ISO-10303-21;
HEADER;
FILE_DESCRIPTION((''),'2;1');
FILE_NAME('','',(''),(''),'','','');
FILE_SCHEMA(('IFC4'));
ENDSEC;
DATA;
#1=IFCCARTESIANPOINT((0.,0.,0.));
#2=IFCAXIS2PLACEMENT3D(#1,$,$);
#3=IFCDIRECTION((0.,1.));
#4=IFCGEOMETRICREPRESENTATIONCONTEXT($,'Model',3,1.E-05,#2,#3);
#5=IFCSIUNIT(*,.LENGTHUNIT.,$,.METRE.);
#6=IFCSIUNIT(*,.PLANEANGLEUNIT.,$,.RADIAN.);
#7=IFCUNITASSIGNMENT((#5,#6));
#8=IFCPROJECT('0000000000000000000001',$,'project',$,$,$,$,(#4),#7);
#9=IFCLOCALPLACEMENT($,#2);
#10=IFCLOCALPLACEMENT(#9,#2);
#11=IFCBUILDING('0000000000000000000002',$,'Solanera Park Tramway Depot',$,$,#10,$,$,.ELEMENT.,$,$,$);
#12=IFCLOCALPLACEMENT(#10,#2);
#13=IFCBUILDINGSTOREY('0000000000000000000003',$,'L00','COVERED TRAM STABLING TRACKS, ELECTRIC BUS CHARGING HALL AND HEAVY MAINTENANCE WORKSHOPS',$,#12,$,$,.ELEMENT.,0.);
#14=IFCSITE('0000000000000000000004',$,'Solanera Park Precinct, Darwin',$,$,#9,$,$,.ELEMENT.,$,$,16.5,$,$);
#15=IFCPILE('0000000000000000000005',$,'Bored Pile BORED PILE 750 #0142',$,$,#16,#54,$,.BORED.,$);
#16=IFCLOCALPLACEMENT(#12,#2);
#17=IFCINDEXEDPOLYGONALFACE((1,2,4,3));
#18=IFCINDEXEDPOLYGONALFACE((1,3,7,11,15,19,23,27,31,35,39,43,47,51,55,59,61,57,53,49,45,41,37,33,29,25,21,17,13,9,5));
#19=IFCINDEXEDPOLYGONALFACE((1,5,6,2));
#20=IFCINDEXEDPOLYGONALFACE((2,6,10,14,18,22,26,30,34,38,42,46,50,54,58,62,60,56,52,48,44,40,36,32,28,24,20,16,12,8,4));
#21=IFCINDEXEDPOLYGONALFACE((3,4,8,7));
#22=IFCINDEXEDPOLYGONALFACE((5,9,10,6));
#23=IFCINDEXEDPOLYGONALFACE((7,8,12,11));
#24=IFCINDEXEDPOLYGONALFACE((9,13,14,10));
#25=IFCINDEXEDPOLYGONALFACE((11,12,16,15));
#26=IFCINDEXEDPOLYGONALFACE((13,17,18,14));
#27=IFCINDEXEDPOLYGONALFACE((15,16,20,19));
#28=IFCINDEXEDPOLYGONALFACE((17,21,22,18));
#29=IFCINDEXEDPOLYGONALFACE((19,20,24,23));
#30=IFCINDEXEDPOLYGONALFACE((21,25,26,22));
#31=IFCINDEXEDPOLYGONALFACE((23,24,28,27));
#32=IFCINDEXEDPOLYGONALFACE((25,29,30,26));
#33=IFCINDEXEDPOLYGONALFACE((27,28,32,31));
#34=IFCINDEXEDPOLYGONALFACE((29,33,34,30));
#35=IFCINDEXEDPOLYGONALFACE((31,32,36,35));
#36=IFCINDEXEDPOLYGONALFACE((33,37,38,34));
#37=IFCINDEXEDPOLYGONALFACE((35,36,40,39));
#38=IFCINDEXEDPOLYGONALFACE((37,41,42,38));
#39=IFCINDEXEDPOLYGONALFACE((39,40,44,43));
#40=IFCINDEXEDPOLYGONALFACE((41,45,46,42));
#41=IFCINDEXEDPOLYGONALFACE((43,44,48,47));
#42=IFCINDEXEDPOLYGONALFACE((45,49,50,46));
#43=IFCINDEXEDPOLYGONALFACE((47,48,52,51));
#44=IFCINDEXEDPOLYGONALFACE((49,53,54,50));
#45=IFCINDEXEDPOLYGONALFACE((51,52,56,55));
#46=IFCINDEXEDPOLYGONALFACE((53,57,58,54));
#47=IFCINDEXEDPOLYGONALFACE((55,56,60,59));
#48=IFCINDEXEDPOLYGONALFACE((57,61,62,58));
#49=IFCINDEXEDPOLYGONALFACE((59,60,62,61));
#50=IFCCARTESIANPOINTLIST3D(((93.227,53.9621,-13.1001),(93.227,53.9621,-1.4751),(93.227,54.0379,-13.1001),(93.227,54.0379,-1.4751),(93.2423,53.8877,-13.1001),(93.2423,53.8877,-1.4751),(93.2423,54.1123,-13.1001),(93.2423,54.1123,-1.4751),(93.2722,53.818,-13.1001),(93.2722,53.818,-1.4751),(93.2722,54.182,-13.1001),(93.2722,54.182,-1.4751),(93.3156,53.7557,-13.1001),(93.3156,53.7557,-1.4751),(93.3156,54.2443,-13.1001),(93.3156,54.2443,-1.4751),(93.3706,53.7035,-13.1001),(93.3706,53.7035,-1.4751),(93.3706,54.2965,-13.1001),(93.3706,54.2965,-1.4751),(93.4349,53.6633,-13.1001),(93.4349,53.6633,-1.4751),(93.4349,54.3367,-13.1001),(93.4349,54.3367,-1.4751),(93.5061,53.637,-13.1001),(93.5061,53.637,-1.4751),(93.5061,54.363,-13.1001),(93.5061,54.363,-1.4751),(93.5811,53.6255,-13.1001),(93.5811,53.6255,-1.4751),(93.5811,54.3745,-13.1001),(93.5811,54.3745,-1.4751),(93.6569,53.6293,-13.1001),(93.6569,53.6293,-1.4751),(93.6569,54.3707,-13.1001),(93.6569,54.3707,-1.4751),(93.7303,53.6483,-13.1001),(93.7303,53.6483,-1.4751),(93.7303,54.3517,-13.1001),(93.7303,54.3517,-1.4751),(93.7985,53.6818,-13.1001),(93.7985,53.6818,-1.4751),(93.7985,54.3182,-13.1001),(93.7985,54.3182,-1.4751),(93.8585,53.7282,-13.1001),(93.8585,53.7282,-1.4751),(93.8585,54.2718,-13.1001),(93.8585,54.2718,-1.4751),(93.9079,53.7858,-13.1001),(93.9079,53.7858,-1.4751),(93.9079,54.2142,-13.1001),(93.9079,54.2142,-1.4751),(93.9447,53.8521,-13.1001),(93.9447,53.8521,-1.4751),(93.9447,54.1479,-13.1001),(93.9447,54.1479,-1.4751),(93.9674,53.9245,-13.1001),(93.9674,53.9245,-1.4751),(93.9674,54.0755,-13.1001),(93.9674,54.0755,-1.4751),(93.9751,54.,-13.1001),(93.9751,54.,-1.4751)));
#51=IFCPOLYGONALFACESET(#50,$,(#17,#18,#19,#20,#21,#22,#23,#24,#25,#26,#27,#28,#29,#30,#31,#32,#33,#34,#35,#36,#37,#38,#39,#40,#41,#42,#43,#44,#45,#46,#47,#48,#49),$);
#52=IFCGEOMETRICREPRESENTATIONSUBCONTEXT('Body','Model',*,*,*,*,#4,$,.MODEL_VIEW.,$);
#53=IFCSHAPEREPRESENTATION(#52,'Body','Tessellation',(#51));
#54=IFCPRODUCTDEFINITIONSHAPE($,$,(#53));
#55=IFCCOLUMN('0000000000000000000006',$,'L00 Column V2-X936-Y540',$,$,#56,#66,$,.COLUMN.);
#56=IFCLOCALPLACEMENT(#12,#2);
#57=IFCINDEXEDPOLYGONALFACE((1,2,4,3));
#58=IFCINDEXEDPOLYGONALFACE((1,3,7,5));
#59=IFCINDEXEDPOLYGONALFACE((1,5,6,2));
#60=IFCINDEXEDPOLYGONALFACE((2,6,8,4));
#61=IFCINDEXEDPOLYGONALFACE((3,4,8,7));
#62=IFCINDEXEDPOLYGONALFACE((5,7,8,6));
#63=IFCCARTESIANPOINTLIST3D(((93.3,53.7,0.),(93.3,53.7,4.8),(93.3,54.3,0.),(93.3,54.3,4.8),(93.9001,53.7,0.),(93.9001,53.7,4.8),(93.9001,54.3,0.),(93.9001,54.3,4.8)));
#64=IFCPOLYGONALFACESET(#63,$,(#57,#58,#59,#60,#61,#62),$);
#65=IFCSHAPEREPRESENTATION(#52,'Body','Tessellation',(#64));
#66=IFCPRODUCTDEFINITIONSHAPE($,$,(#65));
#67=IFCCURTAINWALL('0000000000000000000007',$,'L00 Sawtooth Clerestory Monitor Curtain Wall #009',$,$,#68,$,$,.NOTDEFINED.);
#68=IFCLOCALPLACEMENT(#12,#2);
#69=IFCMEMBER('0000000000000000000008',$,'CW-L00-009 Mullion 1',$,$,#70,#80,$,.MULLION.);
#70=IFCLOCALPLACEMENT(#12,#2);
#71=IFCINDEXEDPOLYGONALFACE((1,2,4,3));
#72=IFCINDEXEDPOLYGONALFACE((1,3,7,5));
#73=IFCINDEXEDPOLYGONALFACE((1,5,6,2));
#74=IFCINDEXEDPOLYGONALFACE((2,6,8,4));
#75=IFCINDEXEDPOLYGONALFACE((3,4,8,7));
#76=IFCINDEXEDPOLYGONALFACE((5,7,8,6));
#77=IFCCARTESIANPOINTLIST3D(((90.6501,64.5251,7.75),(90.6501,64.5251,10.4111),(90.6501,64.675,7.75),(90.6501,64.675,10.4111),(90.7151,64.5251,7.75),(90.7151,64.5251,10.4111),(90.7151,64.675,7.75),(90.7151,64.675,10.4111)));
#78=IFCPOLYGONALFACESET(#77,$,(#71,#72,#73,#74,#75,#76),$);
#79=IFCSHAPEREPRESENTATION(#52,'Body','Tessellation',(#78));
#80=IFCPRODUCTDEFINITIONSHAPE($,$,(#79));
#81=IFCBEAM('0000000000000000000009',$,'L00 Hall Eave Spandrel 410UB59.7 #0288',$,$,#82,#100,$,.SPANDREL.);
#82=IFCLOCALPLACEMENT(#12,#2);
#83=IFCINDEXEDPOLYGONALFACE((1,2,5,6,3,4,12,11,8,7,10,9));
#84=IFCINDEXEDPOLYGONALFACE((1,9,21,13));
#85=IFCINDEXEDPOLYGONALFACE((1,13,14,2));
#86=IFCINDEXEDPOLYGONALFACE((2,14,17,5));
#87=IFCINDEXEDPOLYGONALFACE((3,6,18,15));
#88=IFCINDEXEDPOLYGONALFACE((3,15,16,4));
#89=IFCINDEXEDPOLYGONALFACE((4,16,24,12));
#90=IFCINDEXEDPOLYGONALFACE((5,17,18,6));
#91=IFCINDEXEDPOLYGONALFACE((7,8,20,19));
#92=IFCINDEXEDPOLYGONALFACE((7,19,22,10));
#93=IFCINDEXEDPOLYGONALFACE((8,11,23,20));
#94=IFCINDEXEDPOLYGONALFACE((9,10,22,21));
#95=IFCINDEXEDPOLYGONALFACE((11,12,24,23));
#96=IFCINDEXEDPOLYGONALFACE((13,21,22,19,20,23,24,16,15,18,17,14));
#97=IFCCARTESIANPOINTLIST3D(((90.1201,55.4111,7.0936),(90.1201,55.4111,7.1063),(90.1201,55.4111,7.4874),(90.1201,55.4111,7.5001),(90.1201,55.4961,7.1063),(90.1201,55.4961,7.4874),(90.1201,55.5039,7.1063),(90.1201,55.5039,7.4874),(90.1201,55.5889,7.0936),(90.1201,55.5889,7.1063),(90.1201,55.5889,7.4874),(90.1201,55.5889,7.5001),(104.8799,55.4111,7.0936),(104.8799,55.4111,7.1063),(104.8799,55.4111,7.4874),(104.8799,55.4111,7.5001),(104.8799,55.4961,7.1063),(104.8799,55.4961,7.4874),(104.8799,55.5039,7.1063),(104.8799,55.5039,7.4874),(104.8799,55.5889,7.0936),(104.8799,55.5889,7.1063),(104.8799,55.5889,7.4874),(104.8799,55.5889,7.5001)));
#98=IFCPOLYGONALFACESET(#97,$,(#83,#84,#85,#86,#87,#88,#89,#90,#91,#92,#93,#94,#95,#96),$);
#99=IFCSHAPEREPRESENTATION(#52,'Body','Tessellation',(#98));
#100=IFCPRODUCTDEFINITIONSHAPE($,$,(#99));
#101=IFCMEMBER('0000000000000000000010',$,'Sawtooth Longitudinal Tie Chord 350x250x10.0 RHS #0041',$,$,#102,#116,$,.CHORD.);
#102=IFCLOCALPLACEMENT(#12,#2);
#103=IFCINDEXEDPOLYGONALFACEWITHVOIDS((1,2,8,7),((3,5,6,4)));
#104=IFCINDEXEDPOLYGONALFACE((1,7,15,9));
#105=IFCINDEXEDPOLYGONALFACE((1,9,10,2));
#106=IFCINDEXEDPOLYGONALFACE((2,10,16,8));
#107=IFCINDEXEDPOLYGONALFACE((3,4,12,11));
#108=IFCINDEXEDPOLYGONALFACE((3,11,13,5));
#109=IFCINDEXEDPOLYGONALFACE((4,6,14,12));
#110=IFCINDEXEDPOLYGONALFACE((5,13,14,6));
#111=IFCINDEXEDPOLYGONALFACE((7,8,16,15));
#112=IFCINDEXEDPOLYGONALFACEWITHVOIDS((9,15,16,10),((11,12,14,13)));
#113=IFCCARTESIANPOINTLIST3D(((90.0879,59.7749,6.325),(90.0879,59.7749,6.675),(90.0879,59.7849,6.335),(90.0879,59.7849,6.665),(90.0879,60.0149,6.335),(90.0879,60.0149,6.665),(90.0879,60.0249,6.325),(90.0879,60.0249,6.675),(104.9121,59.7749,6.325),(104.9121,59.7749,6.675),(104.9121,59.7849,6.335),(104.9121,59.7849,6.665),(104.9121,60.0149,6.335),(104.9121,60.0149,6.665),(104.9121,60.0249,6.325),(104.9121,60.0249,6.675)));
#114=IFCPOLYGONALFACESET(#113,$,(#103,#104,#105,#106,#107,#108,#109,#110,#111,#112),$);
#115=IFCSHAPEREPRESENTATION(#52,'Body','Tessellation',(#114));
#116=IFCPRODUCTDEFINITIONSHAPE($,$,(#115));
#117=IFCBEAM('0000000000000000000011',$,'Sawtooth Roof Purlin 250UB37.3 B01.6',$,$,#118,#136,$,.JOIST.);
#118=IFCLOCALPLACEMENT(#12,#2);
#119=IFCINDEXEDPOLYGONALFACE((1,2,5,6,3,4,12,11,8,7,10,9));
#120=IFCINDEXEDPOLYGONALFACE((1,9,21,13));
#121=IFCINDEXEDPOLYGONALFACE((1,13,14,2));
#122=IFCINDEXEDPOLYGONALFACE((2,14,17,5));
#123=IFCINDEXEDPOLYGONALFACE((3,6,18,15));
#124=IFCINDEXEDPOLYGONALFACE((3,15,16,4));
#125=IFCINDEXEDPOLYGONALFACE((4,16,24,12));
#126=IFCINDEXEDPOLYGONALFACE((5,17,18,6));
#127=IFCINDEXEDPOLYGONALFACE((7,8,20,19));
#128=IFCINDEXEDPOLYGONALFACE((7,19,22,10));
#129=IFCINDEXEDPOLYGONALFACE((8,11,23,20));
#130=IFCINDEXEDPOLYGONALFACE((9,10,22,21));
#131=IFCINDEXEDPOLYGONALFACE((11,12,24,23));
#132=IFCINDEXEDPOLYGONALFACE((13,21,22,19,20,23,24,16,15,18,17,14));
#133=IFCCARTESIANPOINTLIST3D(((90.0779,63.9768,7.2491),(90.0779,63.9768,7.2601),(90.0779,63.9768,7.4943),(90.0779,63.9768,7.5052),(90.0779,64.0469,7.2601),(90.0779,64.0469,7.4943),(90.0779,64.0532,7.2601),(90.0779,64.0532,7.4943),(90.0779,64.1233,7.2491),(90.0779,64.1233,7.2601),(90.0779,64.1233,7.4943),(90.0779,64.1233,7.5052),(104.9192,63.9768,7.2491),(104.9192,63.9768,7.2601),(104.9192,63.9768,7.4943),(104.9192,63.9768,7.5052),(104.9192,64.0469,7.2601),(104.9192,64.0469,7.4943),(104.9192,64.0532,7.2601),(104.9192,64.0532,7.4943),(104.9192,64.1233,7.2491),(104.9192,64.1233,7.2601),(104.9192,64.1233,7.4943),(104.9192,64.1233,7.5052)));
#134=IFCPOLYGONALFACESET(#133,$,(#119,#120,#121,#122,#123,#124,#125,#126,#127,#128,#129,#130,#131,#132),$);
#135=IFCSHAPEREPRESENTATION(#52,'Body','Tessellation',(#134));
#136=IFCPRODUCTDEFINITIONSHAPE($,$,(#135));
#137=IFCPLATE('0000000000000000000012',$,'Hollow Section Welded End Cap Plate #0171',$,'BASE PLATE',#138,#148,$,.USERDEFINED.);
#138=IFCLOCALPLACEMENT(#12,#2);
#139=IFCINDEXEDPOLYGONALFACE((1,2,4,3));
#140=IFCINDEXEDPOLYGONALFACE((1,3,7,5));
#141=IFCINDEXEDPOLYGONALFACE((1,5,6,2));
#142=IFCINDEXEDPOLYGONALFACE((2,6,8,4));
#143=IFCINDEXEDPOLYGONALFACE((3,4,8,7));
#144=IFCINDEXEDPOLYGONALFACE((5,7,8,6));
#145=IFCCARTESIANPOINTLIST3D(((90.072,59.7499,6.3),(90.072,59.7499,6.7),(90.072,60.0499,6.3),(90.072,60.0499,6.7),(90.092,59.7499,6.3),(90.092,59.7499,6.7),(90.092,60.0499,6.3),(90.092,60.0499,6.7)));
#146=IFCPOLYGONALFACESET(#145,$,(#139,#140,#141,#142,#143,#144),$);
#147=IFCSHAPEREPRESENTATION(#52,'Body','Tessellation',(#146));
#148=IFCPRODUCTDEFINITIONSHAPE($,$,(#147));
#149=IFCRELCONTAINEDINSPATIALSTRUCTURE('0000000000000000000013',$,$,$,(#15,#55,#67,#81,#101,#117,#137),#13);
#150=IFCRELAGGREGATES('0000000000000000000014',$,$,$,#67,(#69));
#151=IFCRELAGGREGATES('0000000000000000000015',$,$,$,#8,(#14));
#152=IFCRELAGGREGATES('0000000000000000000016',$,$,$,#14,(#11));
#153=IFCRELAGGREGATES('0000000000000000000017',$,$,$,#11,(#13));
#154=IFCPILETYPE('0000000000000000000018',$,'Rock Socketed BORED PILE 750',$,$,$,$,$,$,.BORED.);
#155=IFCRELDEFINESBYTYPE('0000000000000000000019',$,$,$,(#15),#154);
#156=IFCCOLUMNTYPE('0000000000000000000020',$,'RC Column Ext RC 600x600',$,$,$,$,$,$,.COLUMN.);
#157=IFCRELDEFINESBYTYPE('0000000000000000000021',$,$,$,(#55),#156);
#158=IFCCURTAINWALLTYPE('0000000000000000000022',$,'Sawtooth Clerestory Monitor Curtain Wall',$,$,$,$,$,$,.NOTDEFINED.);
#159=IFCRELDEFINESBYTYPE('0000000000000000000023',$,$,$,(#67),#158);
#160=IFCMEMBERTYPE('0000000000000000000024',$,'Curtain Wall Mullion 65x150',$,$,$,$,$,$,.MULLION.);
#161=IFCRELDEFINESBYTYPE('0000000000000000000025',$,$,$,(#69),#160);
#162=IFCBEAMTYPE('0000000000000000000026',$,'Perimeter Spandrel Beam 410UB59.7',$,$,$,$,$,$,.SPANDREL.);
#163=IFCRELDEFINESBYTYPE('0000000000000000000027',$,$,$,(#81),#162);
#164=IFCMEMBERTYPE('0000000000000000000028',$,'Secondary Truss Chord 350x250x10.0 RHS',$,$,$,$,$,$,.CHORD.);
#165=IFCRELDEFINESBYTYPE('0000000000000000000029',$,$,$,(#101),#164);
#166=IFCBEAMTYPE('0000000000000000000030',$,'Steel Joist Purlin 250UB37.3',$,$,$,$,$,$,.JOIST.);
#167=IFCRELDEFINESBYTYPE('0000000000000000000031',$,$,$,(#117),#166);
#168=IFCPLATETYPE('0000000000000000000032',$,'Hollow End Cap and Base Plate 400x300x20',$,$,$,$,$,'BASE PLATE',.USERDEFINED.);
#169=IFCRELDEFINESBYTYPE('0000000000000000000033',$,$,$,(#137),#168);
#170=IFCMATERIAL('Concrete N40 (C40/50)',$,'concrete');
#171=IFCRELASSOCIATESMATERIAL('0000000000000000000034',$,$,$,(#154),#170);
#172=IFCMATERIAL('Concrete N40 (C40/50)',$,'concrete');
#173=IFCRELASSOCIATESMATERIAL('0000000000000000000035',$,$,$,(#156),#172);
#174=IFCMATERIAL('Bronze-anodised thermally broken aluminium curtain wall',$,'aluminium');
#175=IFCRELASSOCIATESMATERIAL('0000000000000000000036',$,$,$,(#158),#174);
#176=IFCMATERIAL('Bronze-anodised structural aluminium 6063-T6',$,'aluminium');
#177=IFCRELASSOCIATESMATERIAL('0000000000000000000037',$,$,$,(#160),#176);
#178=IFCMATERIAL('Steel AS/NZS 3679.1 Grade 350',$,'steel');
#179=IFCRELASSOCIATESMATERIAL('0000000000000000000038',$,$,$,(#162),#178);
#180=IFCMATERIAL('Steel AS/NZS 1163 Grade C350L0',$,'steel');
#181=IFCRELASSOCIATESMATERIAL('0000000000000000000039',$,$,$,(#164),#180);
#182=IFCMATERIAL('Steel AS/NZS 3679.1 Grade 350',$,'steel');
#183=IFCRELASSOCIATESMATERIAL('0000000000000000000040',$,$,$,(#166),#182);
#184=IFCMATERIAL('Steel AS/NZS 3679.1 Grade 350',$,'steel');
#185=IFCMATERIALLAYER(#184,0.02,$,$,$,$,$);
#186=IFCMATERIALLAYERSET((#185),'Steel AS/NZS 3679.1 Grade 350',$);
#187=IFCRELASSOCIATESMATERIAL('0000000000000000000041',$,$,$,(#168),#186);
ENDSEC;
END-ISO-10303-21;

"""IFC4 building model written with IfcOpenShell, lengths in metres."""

from ifc_helpers import new_model, si_unit, direction, frame, origin, origin_2d, place, context, subcontext, project, spatial, rectangle, hollow_rectangle, circle, i_section, extrude, material, layer, layer_set, material_profile, profile_set, type_object, element, aggregate, save


model = new_model("IFC4")

# Units and contexts
model_context = context("Model", 3, precision=1e-05, world=origin(), true_north=direction((0.0, 1.0)))
body_context = subcontext(model_context, "Body", "Model", "MODEL_VIEW")
ifc_project = project(units=[si_unit("LENGTHUNIT", "METRE"), si_unit("PLANEANGLEUNIT", "RADIAN")], contexts=[model_context])

# Site, building, storey
site_placement = place(None, origin())
site = spatial("IfcSite", under=ifc_project, at=site_placement, Name="Solanera Park Precinct, Darwin", CompositionType="ELEMENT", RefElevation=16.5)
building_placement = place(site_placement, origin())
building = spatial("IfcBuilding", under=site, at=building_placement, Name="Solanera Park Tramway Depot", CompositionType="ELEMENT")
storey_placement = place(building_placement, origin())
storey = spatial("IfcBuildingStorey", under=building, at=storey_placement, Name="L00", Description="COVERED TRAM STABLING TRACKS, ELECTRIC BUS CHARGING HALL AND HEAVY MAINTENANCE WORKSHOPS", CompositionType="ELEMENT", Elevation=0.0)

# Pile
ifc_material_1 = material(Name="Concrete N40 (C40/50)", Category="concrete")
ifc_material_profile_1 = material_profile(ifc_material_1, circle(Radius=0.375, at=origin_2d()), Name="BORED PILE 750")
ifc_profile_set_1 = profile_set([ifc_material_profile_1], Name="Concrete N40 (C40/50)")
pile_type = type_object("IfcPileType", Name="Rock Socketed BORED PILE 750", PredefinedType="BORED", material=ifc_profile_set_1)
pile_placement = place(storey_placement, frame((93.6001, 54.0, -1.4751), z_axis=(0.0, 0.0, -1.0), x_axis=(1.0, 0.0, 0.0)))
element("IfcPile", 1, at=pile_placement, inside=storey, type_object=pile_type, Name="Bored Pile BORED PILE 750 #0142", PredefinedType="BORED", context=body_context, shape_type="SweptSolid", body=[
    extrude(circle(Radius=0.375, at=origin_2d()), origin(), (0.0, 0.0, 1.0), 11.625),
])

# Column
ifc_material_2 = material(Name="Concrete N40 (C40/50)", Category="concrete")
ifc_material_profile_2 = material_profile(ifc_material_2, rectangle(XDim=0.6001, YDim=0.6001, at=origin_2d()), Name="RC 600x600")
ifc_profile_set_2 = profile_set([ifc_material_profile_2], Name="Concrete N40 (C40/50)")
column_type = type_object("IfcColumnType", Name="RC Column Ext RC 600x600", PredefinedType="COLUMN", material=ifc_profile_set_2)
column_placement = place(storey_placement, frame((93.6001, 54.0, 0.0), z_axis=(0.0, 0.0, 1.0), x_axis=(1.0, 0.0, 0.0)))
element("IfcColumn", 2, at=column_placement, inside=storey, type_object=column_type, Name="L00 Column V2-X936-Y540", PredefinedType="COLUMN", context=body_context, shape_type="SweptSolid", body=[
    extrude(rectangle(XDim=0.6001, YDim=0.6001, at=origin_2d()), origin(), (0.0, 0.0, 1.0), 4.8),
])

# Curtain wall, member
ifc_material_3 = material(Name="Bronze-anodised thermally broken aluminium curtain wall", Category="aluminium")
curtain_wall_type = type_object("IfcCurtainWallType", Name="Sawtooth Clerestory Monitor Curtain Wall", PredefinedType="NOTDEFINED", material=ifc_material_3)
curtain_wall_placement = place(storey_placement, origin())
curtain_wall = element("IfcCurtainWall", 3, at=curtain_wall_placement, inside=storey, type_object=curtain_wall_type, Name="L00 Sawtooth Clerestory Monitor Curtain Wall #009", PredefinedType="NOTDEFINED")
ifc_material_4 = material(Name="Bronze-anodised structural aluminium 6063-T6", Category="aluminium")
ifc_material_profile_3 = material_profile(ifc_material_4, rectangle(XDim=0.0649, YDim=0.1499, at=origin_2d()), Name="Curtain Wall Mullion 65x150")
ifc_profile_set_3 = profile_set([ifc_material_profile_3], Name="Bronze-anodised structural aluminium 6063-T6")
member_type_1 = type_object("IfcMemberType", Name="Curtain Wall Mullion 65x150", PredefinedType="MULLION", material=ifc_profile_set_3)
member_1_placement = place(storey_placement, frame((90.6826, 64.6001, 7.75), z_axis=(0.0, 0.0, 1.0), x_axis=(1.0, 0.0, 0.0)))
member_1 = element("IfcMember", 4, at=member_1_placement, type_object=member_type_1, Name="CW-L00-009 Mullion 1", PredefinedType="MULLION", context=body_context, shape_type="SweptSolid", body=[
    extrude(rectangle(XDim=0.0649, YDim=0.1499, at=origin_2d()), origin(), (0.0, 0.0, 1.0), 2.6611),
])
aggregate(curtain_wall, [member_1])

# Beam
ifc_material_5 = material(Name="Steel AS/NZS 3679.1 Grade 350", Category="steel")
ifc_material_profile_4 = material_profile(ifc_material_5, i_section(OverallWidth=0.1777, OverallDepth=0.4065, WebThickness=0.0078, FlangeThickness=0.0127, at=origin_2d()), Name="410UB59.7")
ifc_profile_set_4 = profile_set([ifc_material_profile_4], Name="Steel AS/NZS 3679.1 Grade 350")
beam_type_1 = type_object("IfcBeamType", Name="Perimeter Spandrel Beam 410UB59.7", PredefinedType="SPANDREL", material=ifc_profile_set_4)
beam_1_placement = place(storey_placement, frame((90.1201, 55.5, 7.2969), z_axis=(1.0, 0.0, 0.0), x_axis=(0.0, 1.0, 0.0)))
element("IfcBeam", 5, at=beam_1_placement, inside=storey, type_object=beam_type_1, Name="L00 Hall Eave Spandrel 410UB59.7 #0288", PredefinedType="SPANDREL", context=body_context, shape_type="SweptSolid", body=[
    extrude(i_section(OverallWidth=0.1777, OverallDepth=0.4065, WebThickness=0.0078, FlangeThickness=0.0127, at=origin_2d()), origin(), (0.0, 0.0, 1.0), 14.7598),
])

# Member
ifc_material_6 = material(Name="Steel AS/NZS 1163 Grade C350L0", Category="steel")
ifc_material_profile_5 = material_profile(ifc_material_6, hollow_rectangle(XDim=0.25, YDim=0.3501, WallThickness=0.01, at=origin_2d()), Name="350x250x10.0 RHS")
ifc_profile_set_5 = profile_set([ifc_material_profile_5], Name="Steel AS/NZS 1163 Grade C350L0")
member_type_2 = type_object("IfcMemberType", Name="Secondary Truss Chord 350x250x10.0 RHS", PredefinedType="CHORD", material=ifc_profile_set_5)
member_2_placement = place(storey_placement, frame((90.0879, 59.8999, 6.5), z_axis=(1.0, 0.0, 0.0), x_axis=(0.0, 1.0, 0.0)))
element("IfcMember", 6, at=member_2_placement, inside=storey, type_object=member_type_2, Name="Sawtooth Longitudinal Tie Chord 350x250x10.0 RHS #0041", PredefinedType="CHORD", context=body_context, shape_type="SweptSolid", body=[
    extrude(hollow_rectangle(XDim=0.25, YDim=0.3501, WallThickness=0.01, at=origin_2d()), origin(), (0.0, 0.0, 1.0), 14.8242),
])

# Beam
ifc_material_7 = material(Name="Steel AS/NZS 3679.1 Grade 350", Category="steel")
ifc_material_profile_6 = material_profile(ifc_material_7, i_section(OverallWidth=0.1465, OverallDepth=0.2561, WebThickness=0.0063, FlangeThickness=0.011, at=origin_2d()), Name="250UB37.3")
ifc_profile_set_6 = profile_set([ifc_material_profile_6], Name="Steel AS/NZS 3679.1 Grade 350")
beam_type_2 = type_object("IfcBeamType", Name="Steel Joist Purlin 250UB37.3", PredefinedType="JOIST", material=ifc_profile_set_6)
beam_2_placement = place(storey_placement, frame((90.0779, 64.05, 7.3772), z_axis=(1.0, 0.0, 0.0), x_axis=(0.0, 1.0, 0.0)))
element("IfcBeam", 7, at=beam_2_placement, inside=storey, type_object=beam_type_2, Name="Sawtooth Roof Purlin 250UB37.3 B01.6", PredefinedType="JOIST", context=body_context, shape_type="SweptSolid", body=[
    extrude(i_section(OverallWidth=0.1465, OverallDepth=0.2561, WebThickness=0.0063, FlangeThickness=0.011, at=origin_2d()), origin(), (0.0, 0.0, 1.0), 14.8413),
])

# Plate
ifc_material_8 = material(Name="Steel AS/NZS 3679.1 Grade 350", Category="steel")
ifc_layer_1 = layer(ifc_material_8, 0.02)
ifc_layer_set_1 = layer_set([ifc_layer_1], Name="Steel AS/NZS 3679.1 Grade 350")
plate_type = type_object("IfcPlateType", Name="Hollow End Cap and Base Plate 400x300x20", ElementType="BASE PLATE", PredefinedType="USERDEFINED", material=ifc_layer_set_1)
plate_placement = place(storey_placement, frame((90.082, 59.8999, 6.3), z_axis=(0.0, 0.0, 1.0), x_axis=(1.0, 0.0, 0.0)))
element("IfcPlate", 8, at=plate_placement, inside=storey, type_object=plate_type, Name="Hollow Section Welded End Cap Plate #0171", ObjectType="BASE PLATE", PredefinedType="USERDEFINED", context=body_context, shape_type="SweptSolid", body=[
    extrude(rectangle(XDim=0.02, YDim=0.3, at=origin_2d()), origin(), (0.0, 0.0, 1.0), 0.3999),
])

save(model, "model.ifc")
